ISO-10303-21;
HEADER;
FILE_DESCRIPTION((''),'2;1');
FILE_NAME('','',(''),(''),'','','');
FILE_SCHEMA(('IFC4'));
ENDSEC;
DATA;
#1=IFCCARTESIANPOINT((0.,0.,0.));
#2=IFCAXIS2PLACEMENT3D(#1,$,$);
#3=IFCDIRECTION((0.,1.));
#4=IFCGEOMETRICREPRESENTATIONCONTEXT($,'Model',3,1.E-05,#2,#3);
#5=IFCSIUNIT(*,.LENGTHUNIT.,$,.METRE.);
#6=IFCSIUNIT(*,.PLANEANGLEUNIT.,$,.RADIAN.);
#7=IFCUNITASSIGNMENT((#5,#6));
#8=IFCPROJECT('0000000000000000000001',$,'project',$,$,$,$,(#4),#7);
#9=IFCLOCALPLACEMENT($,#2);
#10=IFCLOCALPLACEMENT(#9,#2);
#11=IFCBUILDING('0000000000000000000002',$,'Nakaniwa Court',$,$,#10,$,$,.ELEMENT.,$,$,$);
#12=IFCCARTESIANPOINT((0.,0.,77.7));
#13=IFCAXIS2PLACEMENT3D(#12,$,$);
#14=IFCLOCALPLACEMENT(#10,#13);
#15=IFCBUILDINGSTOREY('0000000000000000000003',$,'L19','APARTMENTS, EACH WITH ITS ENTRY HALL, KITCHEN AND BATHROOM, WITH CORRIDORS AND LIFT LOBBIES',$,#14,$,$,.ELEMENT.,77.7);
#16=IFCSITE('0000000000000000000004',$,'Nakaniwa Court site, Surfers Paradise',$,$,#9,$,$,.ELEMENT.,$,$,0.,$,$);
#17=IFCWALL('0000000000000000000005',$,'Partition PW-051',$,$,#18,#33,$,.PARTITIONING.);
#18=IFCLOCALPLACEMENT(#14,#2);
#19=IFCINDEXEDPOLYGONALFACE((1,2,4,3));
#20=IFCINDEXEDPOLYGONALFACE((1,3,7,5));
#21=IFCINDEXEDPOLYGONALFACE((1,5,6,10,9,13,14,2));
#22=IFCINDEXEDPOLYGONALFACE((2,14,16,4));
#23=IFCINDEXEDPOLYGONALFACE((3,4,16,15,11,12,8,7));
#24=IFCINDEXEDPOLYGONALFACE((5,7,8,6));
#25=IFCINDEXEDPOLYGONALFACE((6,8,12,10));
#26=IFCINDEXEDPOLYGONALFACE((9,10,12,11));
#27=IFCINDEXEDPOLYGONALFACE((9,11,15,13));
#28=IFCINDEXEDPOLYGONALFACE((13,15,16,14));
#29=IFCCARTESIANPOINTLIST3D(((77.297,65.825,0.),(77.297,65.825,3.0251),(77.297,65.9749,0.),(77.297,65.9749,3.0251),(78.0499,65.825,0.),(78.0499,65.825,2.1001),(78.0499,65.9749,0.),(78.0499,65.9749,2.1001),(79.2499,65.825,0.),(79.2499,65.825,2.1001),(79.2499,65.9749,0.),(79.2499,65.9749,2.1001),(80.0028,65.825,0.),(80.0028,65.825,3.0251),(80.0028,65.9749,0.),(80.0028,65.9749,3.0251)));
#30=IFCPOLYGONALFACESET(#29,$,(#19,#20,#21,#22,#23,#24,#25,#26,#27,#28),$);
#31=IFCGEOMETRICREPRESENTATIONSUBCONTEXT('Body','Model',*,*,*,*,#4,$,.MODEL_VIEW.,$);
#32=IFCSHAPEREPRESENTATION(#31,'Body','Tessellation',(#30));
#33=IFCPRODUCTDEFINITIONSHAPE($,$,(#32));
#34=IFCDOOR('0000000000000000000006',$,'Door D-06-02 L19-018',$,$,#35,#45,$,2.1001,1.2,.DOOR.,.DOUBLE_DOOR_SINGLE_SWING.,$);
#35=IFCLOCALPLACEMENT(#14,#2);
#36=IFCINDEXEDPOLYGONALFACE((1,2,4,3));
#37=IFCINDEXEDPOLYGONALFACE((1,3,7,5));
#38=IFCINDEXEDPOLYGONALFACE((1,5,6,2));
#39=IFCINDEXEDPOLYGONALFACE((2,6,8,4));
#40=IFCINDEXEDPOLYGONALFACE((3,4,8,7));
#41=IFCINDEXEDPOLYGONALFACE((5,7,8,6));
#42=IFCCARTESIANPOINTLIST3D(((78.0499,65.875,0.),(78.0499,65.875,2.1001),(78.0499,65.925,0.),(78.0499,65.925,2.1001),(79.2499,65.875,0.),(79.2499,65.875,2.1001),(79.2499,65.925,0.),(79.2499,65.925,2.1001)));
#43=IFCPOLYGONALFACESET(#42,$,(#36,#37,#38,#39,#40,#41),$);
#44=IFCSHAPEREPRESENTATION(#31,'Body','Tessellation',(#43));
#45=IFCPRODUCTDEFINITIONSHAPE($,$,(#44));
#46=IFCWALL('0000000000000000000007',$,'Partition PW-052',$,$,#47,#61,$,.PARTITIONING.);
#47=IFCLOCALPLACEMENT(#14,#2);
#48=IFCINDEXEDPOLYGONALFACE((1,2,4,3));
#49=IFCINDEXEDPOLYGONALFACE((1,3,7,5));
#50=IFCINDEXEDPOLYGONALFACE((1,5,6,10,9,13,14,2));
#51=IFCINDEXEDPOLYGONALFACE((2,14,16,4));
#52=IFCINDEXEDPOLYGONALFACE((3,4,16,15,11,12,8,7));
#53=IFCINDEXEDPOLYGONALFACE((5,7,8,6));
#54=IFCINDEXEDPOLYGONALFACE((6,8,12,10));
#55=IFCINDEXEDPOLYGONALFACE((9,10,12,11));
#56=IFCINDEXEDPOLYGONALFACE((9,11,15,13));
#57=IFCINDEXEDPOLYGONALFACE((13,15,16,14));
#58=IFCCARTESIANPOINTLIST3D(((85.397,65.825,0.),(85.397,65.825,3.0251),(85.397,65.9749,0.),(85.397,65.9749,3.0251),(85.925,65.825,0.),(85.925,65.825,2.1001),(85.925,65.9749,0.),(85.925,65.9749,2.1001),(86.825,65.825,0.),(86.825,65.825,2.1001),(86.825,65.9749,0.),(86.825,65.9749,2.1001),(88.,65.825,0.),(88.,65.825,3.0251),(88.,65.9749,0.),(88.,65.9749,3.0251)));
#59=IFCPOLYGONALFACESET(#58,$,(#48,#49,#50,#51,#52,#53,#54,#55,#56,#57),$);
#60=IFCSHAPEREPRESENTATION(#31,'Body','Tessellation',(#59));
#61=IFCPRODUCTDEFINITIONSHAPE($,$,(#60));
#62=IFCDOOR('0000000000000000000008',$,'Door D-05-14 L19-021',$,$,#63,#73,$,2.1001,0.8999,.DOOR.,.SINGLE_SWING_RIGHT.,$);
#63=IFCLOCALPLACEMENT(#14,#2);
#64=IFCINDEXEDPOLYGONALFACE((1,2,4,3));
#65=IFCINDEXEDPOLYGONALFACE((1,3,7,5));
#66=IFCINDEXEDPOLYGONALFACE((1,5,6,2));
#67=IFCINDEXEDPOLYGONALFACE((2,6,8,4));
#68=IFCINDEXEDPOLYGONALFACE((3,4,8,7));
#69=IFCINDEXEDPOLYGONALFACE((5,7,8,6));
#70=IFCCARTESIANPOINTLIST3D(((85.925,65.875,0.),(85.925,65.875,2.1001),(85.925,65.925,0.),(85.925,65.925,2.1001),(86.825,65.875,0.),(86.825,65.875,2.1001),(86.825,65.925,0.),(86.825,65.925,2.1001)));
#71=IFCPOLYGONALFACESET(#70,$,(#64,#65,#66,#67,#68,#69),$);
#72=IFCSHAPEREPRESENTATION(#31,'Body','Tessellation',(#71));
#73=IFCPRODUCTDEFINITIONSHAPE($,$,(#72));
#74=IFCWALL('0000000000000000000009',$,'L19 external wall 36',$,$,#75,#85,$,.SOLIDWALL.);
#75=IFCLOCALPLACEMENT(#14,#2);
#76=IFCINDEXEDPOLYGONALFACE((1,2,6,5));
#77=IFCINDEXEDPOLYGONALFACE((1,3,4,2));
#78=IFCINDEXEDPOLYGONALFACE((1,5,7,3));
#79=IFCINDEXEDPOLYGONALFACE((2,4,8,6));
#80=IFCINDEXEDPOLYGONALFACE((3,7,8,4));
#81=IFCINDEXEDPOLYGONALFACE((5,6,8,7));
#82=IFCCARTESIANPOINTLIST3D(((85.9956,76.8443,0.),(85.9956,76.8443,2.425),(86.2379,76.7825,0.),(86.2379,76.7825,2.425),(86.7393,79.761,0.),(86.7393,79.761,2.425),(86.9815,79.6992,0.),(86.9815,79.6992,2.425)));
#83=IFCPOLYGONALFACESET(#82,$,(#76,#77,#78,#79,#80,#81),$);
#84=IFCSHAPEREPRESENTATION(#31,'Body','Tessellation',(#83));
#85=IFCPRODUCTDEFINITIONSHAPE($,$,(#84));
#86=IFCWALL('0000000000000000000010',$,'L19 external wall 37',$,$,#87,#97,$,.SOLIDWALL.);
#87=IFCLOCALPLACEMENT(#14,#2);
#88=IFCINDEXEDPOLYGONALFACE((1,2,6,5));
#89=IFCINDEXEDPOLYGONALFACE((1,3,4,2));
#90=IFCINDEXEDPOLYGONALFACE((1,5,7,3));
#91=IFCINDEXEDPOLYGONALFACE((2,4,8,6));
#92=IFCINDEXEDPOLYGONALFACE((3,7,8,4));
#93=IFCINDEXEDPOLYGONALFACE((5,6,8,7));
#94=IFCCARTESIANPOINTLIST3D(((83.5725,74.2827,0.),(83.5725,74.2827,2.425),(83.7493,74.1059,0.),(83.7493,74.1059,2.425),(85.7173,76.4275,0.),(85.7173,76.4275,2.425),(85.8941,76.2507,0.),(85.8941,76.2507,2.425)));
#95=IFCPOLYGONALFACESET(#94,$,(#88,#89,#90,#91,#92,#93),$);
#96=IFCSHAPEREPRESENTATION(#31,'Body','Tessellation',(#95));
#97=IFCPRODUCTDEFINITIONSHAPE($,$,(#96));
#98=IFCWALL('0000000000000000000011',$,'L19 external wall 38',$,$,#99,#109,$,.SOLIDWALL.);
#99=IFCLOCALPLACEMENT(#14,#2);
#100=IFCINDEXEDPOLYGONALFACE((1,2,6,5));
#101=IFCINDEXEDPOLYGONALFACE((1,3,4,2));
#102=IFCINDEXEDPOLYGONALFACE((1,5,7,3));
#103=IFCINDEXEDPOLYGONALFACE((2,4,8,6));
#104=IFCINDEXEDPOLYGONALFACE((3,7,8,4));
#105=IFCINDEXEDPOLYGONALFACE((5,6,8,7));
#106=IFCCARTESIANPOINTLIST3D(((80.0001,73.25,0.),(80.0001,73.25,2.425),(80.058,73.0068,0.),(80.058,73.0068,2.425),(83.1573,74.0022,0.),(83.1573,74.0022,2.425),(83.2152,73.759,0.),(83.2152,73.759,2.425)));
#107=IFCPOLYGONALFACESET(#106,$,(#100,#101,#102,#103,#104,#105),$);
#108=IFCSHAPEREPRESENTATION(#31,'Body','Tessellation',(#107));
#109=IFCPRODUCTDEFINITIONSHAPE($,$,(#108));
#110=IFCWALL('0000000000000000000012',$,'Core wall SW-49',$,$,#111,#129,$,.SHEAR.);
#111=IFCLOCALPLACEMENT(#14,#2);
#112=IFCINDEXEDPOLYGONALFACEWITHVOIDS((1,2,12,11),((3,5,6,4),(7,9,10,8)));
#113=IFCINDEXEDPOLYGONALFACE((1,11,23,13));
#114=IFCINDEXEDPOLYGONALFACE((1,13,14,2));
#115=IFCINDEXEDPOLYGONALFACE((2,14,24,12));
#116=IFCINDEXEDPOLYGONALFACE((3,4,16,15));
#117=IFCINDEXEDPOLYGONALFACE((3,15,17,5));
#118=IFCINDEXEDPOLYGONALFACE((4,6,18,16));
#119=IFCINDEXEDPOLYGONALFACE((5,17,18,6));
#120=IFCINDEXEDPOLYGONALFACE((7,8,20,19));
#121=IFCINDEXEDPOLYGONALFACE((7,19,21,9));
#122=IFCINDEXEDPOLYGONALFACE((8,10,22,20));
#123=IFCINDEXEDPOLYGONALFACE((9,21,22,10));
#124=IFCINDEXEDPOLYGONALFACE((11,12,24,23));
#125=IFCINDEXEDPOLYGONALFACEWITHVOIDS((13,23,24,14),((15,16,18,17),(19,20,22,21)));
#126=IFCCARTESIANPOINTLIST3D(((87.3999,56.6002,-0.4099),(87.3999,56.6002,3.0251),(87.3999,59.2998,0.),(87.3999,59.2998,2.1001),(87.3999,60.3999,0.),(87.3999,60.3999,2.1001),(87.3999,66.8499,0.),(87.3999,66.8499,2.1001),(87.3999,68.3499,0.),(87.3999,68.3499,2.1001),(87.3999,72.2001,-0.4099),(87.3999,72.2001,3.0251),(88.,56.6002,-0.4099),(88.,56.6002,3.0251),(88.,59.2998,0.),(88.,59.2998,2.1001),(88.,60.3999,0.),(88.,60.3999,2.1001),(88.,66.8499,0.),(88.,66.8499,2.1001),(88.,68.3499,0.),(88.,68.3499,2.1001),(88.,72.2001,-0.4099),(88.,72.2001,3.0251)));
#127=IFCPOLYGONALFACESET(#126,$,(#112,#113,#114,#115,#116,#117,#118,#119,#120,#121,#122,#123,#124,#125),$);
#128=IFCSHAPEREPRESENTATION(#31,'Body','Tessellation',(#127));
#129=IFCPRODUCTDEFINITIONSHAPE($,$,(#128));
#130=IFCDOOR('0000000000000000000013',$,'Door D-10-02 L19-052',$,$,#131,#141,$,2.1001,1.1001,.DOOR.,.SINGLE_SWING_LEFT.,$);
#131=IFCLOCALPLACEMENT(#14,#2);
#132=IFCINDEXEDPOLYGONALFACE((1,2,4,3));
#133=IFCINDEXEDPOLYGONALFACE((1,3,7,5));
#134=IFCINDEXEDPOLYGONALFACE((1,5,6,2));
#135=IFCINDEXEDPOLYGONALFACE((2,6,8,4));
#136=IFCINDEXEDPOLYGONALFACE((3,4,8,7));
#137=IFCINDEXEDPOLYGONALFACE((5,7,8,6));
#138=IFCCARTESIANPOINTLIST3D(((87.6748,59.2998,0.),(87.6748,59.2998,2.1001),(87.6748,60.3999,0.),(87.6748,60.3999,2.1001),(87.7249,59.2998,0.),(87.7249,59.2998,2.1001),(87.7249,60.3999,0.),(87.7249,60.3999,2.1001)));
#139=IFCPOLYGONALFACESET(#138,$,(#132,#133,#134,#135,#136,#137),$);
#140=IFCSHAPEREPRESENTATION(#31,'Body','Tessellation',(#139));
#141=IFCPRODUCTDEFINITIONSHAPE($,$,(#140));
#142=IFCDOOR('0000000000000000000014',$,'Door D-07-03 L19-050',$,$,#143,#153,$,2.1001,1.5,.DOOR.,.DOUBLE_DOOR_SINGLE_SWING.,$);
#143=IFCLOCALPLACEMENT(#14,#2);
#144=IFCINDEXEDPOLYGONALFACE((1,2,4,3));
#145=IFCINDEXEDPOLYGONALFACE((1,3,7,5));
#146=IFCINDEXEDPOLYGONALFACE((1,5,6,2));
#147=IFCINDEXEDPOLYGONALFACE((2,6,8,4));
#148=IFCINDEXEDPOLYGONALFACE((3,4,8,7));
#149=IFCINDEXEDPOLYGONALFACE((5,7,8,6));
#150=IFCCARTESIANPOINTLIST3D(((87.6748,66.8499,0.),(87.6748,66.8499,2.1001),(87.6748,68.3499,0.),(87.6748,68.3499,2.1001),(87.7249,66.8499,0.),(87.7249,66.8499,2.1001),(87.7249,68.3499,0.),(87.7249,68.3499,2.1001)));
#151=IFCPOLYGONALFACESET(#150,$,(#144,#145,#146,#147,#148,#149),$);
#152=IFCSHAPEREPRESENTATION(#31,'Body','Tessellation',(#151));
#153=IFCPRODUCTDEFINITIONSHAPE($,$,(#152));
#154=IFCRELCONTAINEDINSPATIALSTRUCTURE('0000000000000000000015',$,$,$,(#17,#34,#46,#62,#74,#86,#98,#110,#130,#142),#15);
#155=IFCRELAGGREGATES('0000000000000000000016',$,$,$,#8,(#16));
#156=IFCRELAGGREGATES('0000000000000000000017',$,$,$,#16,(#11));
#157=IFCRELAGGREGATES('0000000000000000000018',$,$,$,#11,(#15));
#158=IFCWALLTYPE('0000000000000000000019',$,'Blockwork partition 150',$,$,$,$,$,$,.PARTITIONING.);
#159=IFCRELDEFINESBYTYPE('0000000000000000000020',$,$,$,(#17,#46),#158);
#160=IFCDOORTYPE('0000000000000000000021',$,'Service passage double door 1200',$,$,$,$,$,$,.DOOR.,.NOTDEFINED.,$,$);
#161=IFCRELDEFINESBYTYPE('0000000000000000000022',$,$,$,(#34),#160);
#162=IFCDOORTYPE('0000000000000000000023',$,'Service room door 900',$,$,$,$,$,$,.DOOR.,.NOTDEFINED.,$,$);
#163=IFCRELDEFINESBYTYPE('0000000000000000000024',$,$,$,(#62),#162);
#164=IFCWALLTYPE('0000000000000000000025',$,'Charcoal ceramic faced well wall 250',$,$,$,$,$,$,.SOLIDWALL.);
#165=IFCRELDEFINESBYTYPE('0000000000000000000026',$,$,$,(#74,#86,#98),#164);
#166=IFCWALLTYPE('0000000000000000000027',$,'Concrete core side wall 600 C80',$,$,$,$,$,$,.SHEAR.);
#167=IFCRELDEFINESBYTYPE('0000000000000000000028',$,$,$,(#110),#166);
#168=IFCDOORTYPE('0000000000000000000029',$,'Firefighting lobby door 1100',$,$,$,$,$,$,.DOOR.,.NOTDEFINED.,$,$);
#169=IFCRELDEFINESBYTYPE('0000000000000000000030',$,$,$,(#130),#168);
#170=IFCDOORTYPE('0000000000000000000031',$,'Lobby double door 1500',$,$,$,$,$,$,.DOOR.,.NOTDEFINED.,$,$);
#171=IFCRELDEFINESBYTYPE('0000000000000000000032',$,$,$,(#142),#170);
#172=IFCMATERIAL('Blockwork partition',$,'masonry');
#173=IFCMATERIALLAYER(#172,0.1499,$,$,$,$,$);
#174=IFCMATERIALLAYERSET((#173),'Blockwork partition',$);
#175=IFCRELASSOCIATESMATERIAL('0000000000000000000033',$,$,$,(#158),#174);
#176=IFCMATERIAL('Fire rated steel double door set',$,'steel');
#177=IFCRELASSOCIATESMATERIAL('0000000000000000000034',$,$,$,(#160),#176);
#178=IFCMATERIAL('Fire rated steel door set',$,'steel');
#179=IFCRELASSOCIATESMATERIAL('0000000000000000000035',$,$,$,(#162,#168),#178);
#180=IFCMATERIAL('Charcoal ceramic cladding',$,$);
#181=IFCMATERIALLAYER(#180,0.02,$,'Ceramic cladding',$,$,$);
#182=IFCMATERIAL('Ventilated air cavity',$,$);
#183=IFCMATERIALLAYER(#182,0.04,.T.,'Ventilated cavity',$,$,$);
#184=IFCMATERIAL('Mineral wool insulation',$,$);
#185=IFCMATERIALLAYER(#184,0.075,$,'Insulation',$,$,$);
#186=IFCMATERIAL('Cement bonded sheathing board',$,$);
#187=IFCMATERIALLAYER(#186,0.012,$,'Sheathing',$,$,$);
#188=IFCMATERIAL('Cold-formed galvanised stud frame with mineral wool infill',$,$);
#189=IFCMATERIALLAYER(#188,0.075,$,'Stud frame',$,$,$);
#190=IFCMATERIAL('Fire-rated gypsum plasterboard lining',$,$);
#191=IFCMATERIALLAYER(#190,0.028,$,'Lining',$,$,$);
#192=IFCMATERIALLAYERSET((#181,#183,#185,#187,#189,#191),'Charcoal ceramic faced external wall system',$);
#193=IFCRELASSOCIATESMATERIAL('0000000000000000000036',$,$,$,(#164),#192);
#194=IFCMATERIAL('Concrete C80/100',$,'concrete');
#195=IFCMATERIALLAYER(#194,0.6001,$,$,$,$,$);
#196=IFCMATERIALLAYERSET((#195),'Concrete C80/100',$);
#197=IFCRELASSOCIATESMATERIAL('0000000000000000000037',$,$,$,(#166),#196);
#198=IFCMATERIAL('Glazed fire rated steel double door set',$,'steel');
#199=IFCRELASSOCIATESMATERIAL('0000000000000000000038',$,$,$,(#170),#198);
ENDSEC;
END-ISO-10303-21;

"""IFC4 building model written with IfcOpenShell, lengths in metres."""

from ifc_helpers import new_model, si_unit, direction, frame, frame_2d, origin, place, context, subcontext, project, spatial, rectangle, extrude, material, layer, layer_set, type_object, element, fill, save


model = new_model("IFC4")

# Units and contexts
model_context = context("Model", 3, precision=1e-05, world=origin(), true_north=direction((0.0, 1.0)))
body_context = subcontext(model_context, "Body", "Model", "MODEL_VIEW")
ifc_project = project(units=[si_unit("LENGTHUNIT", "METRE"), si_unit("PLANEANGLEUNIT", "RADIAN")], contexts=[model_context])

# Site, building, storey
site_placement = place(None, origin())
site = spatial("IfcSite", under=ifc_project, at=site_placement, Name="Nakaniwa Court site, Surfers Paradise", CompositionType="ELEMENT", RefElevation=0.0)
building_placement = place(site_placement, origin())
building = spatial("IfcBuilding", under=site, at=building_placement, Name="Nakaniwa Court", CompositionType="ELEMENT")
storey_placement = place(building_placement, frame((0.0, 0.0, 77.7)))
storey = spatial("IfcBuildingStorey", under=building, at=storey_placement, Name="L19", Description="APARTMENTS, EACH WITH ITS ENTRY HALL, KITCHEN AND BATHROOM, WITH CORRIDORS AND LIFT LOBBIES", CompositionType="ELEMENT", Elevation=77.7)

# Shared definitions
ifc_material_1 = material(Name="Concrete C80/100", Category="concrete")

# Walls, openings, doors
ifc_material_2 = material(Name="Blockwork partition", Category="masonry")
ifc_layer_1 = layer(ifc_material_2, 0.1499)
ifc_layer_set_1 = layer_set([ifc_layer_1], Name="Blockwork partition")
wall_type_1 = type_object("IfcWallType", Name="Blockwork partition 150", PredefinedType="PARTITIONING", material=ifc_layer_set_1)
wall_1_placement = place(storey_placement, frame((80.0029, 65.8999, 0.0), z_axis=(0.0, 0.0, 1.0), x_axis=(-1.0, 0.0, 0.0)))
wall_1 = element("IfcWall", 1, at=wall_1_placement, inside=storey, type_object=wall_type_1, Name="Partition PW-051", PredefinedType="PARTITIONING", context=body_context, shape_type="SweptSolid", body=[
    extrude(rectangle(XDim=2.7058, YDim=0.1499, at=frame_2d((1.353, 0.0))), origin(), (0.0, 0.0, 1.0), 3.0251),
])
opening_1_placement = place(wall_1_placement, frame((0.7529, 0.0, 0.0)))
opening_1 = element("IfcOpeningElement", 2, at=opening_1_placement, cuts=wall_1, PredefinedType="OPENING", context=body_context, shape_type="SweptSolid", body=[
    extrude(rectangle(XDim=1.2, YDim=2.1001, at=frame_2d((0.6001, 1.05))), frame((0.0, 0.085, 0.0), z_axis=(0.0, -1.0, 0.0), x_axis=(1.0, 0.0, 0.0)), (0.0, 0.0, 1.0), 0.1699),
])
ifc_material_3 = material(Name="Fire rated steel double door set", Category="steel")
door_type_1 = type_object("IfcDoorType", Name="Service passage double door 1200", OperationType="NOTDEFINED", PredefinedType="DOOR", material=ifc_material_3)
door_1_placement = place(opening_1_placement, origin())
door_1 = element("IfcDoor", 3, at=door_1_placement, inside=storey, type_object=door_type_1, Name="Door D-06-02 L19-018", OperationType="DOUBLE_DOOR_SINGLE_SWING", OverallHeight=2.1001, OverallWidth=1.2, PredefinedType="DOOR", context=body_context, shape_type="SweptSolid", body=[
    extrude(rectangle(XDim=1.2, YDim=2.1001, at=frame_2d((0.6001, 1.05))), frame((0.0, 0.0249, 0.0), z_axis=(0.0, -1.0, 0.0), x_axis=(1.0, 0.0, 0.0)), (0.0, 0.0, 1.0), 0.05),
])
fill(opening_1, door_1)
wall_2_placement = place(storey_placement, frame((88.0, 65.8999, 0.0), z_axis=(0.0, 0.0, 1.0), x_axis=(-1.0, 0.0, 0.0)))
wall_2 = element("IfcWall", 4, at=wall_2_placement, inside=storey, type_object=wall_type_1, Name="Partition PW-052", PredefinedType="PARTITIONING", context=body_context, shape_type="SweptSolid", body=[
    extrude(rectangle(XDim=2.603, YDim=0.1499, at=frame_2d((1.3015, 0.0))), origin(), (0.0, 0.0, 1.0), 3.0251),
])
opening_2_placement = place(wall_2_placement, frame((1.175, 0.0, 0.0)))
opening_2 = element("IfcOpeningElement", 5, at=opening_2_placement, cuts=wall_2, PredefinedType="OPENING", context=body_context, shape_type="SweptSolid", body=[
    extrude(rectangle(XDim=0.8999, YDim=2.1001, at=frame_2d((0.45, 1.05))), frame((0.0, 0.085, 0.0), z_axis=(0.0, -1.0, 0.0), x_axis=(1.0, 0.0, 0.0)), (0.0, 0.0, 1.0), 0.1699),
])
ifc_material_4 = material(Name="Fire rated steel door set", Category="steel")
door_type_2 = type_object("IfcDoorType", Name="Service room door 900", OperationType="NOTDEFINED", PredefinedType="DOOR", material=ifc_material_4)
door_2_placement = place(opening_2_placement, origin())
door_2 = element("IfcDoor", 6, at=door_2_placement, inside=storey, type_object=door_type_2, Name="Door D-05-14 L19-021", OperationType="SINGLE_SWING_RIGHT", OverallHeight=2.1001, OverallWidth=0.8999, PredefinedType="DOOR", context=body_context, shape_type="SweptSolid", body=[
    extrude(rectangle(XDim=0.8999, YDim=2.1001, at=frame_2d((0.45, 1.05))), frame((0.0, 0.0249, 0.0), z_axis=(0.0, -1.0, 0.0), x_axis=(1.0, 0.0, 0.0)), (0.0, 0.0, 1.0), 0.05),
])
fill(opening_2, door_2)

# Walls
ifc_material_5 = material(Name="Charcoal ceramic cladding")
ifc_layer_2 = layer(ifc_material_5, 0.02, Name="Ceramic cladding")
ifc_material_6 = material(Name="Ventilated air cavity")
ifc_layer_3 = layer(ifc_material_6, 0.04, ventilated=True, Name="Ventilated cavity")
ifc_material_7 = material(Name="Mineral wool insulation")
ifc_layer_4 = layer(ifc_material_7, 0.075, Name="Insulation")
ifc_material_8 = material(Name="Cement bonded sheathing board")
ifc_layer_5 = layer(ifc_material_8, 0.012, Name="Sheathing")
ifc_material_9 = material(Name="Cold-formed galvanised stud frame with mineral wool infill")
ifc_layer_6 = layer(ifc_material_9, 0.075, Name="Stud frame")
ifc_material_10 = material(Name="Fire-rated gypsum plasterboard lining")
ifc_layer_7 = layer(ifc_material_10, 0.028, Name="Lining")
ifc_layer_set_2 = layer_set([ifc_layer_2, ifc_layer_3, ifc_layer_4, ifc_layer_5, ifc_layer_6, ifc_layer_7], Name="Charcoal ceramic faced external wall system")
wall_type_2 = type_object("IfcWallType", Name="Charcoal ceramic faced well wall 250", PredefinedType="SOLIDWALL", material=ifc_layer_set_2)
wall_3_placement = place(storey_placement, frame((86.8604, 79.73, 0.0), z_axis=(0.0, 0.0, 1.0), x_axis=(-0.247056, -0.969001, 0.0)))
element("IfcWall", 7, at=wall_3_placement, inside=storey, type_object=wall_type_2, Name="L19 external wall 36", PredefinedType="SOLIDWALL", context=body_context, shape_type="SweptSolid", body=[
    extrude(rectangle(XDim=3.01, YDim=0.25, at=frame_2d((1.5049, 0.0))), origin(), (0.0, 0.0, 1.0), 2.425),
])
wall_4_placement = place(storey_placement, frame((85.8057, 76.3391, 0.0), z_axis=(0.0, 0.0, 1.0), x_axis=(-0.707107, -0.707107, 0.0)))
element("IfcWall", 8, at=wall_4_placement, inside=storey, type_object=wall_type_2, Name="L19 external wall 37", PredefinedType="SOLIDWALL", context=body_context, shape_type="SweptSolid", body=[
    extrude(rectangle(XDim=3.0332, YDim=0.25, at=frame_2d((1.5166, 0.0))), origin(), (0.0, 0.0, 1.0), 2.425),
])
wall_5_placement = place(storey_placement, frame((83.1863, 73.8806, 0.0), z_axis=(0.0, 0.0, 1.0), x_axis=(-0.972773, -0.23176, 0.0)))
element("IfcWall", 9, at=wall_5_placement, inside=storey, type_object=wall_type_2, Name="L19 external wall 38", PredefinedType="SOLIDWALL", context=body_context, shape_type="SweptSolid", body=[
    extrude(rectangle(XDim=3.2456, YDim=0.25, at=frame_2d((1.6228, 0.0))), origin(), (0.0, 0.0, 1.0), 2.425),
])

# Wall, openings, doors
ifc_layer_8 = layer(ifc_material_1, 0.6001)
ifc_layer_set_3 = layer_set([ifc_layer_8], Name="Concrete C80/100")
wall_type_3 = type_object("IfcWallType", Name="Concrete core side wall 600 C80", PredefinedType="SHEAR", material=ifc_layer_set_3)
wall_6_placement = place(storey_placement, frame((87.7, 72.2, -0.4099), z_axis=(0.0, 0.0, 1.0), x_axis=(0.0, -1.0, 0.0)))
wall_6 = element("IfcWall", 10, at=wall_6_placement, inside=storey, type_object=wall_type_3, Name="Core wall SW-49", PredefinedType="SHEAR", context=body_context, shape_type="SweptSolid", body=[
    extrude(rectangle(XDim=15.5999, YDim=0.6001, at=frame_2d((7.7998, 0.0))), origin(), (0.0, 0.0, 1.0), 3.4351),
])
opening_3_placement = place(wall_6_placement, frame((3.8501, 0.0, 0.4099)))
opening_3 = element("IfcOpeningElement", 11, at=opening_3_placement, cuts=wall_6, PredefinedType="OPENING", context=body_context, shape_type="SweptSolid", body=[
    extrude(rectangle(XDim=1.5, YDim=2.1001, at=frame_2d((0.75, 1.05))), frame((0.0, 0.3101, 0.0), z_axis=(0.0, -1.0, 0.0), x_axis=(1.0, 0.0, 0.0)), (0.0, 0.0, 1.0), 0.6201),
])
opening_4_placement = place(wall_6_placement, frame((11.8, 0.0, 0.4099)))
opening_4 = element("IfcOpeningElement", 12, at=opening_4_placement, cuts=wall_6, PredefinedType="OPENING", context=body_context, shape_type="SweptSolid", body=[
    extrude(rectangle(XDim=1.1001, YDim=2.1001, at=frame_2d((0.55, 1.05))), frame((0.0, 0.3101, 0.0), z_axis=(0.0, -1.0, 0.0), x_axis=(1.0, 0.0, 0.0)), (0.0, 0.0, 1.0), 0.6201),
])
door_type_3 = type_object("IfcDoorType", Name="Firefighting lobby door 1100", OperationType="NOTDEFINED", PredefinedType="DOOR", material=ifc_material_4)
door_3_placement = place(opening_4_placement, origin())
door_3 = element("IfcDoor", 13, at=door_3_placement, inside=storey, type_object=door_type_3, Name="Door D-10-02 L19-052", OperationType="SINGLE_SWING_LEFT", OverallHeight=2.1001, OverallWidth=1.1001, PredefinedType="DOOR", context=body_context, shape_type="SweptSolid", body=[
    extrude(rectangle(XDim=1.1001, YDim=2.1001, at=frame_2d((0.55, 1.05))), frame((0.0, 0.0249, 0.0), z_axis=(0.0, -1.0, 0.0), x_axis=(1.0, 0.0, 0.0)), (0.0, 0.0, 1.0), 0.05),
])
fill(opening_4, door_3)
ifc_material_11 = material(Name="Glazed fire rated steel double door set", Category="steel")
door_type_4 = type_object("IfcDoorType", Name="Lobby double door 1500", OperationType="NOTDEFINED", PredefinedType="DOOR", material=ifc_material_11)
door_4_placement = place(opening_3_placement, origin())
door_4 = element("IfcDoor", 14, at=door_4_placement, inside=storey, type_object=door_type_4, Name="Door D-07-03 L19-050", OperationType="DOUBLE_DOOR_SINGLE_SWING", OverallHeight=2.1001, OverallWidth=1.5, PredefinedType="DOOR", context=body_context, shape_type="SweptSolid", body=[
    extrude(rectangle(XDim=1.5, YDim=2.1001, at=frame_2d((0.75, 1.05))), frame((0.0, 0.0249, 0.0), z_axis=(0.0, -1.0, 0.0), x_axis=(1.0, 0.0, 0.0)), (0.0, 0.0, 1.0), 0.05),
])
fill(opening_3, door_4)

save(model, "model.ifc")
